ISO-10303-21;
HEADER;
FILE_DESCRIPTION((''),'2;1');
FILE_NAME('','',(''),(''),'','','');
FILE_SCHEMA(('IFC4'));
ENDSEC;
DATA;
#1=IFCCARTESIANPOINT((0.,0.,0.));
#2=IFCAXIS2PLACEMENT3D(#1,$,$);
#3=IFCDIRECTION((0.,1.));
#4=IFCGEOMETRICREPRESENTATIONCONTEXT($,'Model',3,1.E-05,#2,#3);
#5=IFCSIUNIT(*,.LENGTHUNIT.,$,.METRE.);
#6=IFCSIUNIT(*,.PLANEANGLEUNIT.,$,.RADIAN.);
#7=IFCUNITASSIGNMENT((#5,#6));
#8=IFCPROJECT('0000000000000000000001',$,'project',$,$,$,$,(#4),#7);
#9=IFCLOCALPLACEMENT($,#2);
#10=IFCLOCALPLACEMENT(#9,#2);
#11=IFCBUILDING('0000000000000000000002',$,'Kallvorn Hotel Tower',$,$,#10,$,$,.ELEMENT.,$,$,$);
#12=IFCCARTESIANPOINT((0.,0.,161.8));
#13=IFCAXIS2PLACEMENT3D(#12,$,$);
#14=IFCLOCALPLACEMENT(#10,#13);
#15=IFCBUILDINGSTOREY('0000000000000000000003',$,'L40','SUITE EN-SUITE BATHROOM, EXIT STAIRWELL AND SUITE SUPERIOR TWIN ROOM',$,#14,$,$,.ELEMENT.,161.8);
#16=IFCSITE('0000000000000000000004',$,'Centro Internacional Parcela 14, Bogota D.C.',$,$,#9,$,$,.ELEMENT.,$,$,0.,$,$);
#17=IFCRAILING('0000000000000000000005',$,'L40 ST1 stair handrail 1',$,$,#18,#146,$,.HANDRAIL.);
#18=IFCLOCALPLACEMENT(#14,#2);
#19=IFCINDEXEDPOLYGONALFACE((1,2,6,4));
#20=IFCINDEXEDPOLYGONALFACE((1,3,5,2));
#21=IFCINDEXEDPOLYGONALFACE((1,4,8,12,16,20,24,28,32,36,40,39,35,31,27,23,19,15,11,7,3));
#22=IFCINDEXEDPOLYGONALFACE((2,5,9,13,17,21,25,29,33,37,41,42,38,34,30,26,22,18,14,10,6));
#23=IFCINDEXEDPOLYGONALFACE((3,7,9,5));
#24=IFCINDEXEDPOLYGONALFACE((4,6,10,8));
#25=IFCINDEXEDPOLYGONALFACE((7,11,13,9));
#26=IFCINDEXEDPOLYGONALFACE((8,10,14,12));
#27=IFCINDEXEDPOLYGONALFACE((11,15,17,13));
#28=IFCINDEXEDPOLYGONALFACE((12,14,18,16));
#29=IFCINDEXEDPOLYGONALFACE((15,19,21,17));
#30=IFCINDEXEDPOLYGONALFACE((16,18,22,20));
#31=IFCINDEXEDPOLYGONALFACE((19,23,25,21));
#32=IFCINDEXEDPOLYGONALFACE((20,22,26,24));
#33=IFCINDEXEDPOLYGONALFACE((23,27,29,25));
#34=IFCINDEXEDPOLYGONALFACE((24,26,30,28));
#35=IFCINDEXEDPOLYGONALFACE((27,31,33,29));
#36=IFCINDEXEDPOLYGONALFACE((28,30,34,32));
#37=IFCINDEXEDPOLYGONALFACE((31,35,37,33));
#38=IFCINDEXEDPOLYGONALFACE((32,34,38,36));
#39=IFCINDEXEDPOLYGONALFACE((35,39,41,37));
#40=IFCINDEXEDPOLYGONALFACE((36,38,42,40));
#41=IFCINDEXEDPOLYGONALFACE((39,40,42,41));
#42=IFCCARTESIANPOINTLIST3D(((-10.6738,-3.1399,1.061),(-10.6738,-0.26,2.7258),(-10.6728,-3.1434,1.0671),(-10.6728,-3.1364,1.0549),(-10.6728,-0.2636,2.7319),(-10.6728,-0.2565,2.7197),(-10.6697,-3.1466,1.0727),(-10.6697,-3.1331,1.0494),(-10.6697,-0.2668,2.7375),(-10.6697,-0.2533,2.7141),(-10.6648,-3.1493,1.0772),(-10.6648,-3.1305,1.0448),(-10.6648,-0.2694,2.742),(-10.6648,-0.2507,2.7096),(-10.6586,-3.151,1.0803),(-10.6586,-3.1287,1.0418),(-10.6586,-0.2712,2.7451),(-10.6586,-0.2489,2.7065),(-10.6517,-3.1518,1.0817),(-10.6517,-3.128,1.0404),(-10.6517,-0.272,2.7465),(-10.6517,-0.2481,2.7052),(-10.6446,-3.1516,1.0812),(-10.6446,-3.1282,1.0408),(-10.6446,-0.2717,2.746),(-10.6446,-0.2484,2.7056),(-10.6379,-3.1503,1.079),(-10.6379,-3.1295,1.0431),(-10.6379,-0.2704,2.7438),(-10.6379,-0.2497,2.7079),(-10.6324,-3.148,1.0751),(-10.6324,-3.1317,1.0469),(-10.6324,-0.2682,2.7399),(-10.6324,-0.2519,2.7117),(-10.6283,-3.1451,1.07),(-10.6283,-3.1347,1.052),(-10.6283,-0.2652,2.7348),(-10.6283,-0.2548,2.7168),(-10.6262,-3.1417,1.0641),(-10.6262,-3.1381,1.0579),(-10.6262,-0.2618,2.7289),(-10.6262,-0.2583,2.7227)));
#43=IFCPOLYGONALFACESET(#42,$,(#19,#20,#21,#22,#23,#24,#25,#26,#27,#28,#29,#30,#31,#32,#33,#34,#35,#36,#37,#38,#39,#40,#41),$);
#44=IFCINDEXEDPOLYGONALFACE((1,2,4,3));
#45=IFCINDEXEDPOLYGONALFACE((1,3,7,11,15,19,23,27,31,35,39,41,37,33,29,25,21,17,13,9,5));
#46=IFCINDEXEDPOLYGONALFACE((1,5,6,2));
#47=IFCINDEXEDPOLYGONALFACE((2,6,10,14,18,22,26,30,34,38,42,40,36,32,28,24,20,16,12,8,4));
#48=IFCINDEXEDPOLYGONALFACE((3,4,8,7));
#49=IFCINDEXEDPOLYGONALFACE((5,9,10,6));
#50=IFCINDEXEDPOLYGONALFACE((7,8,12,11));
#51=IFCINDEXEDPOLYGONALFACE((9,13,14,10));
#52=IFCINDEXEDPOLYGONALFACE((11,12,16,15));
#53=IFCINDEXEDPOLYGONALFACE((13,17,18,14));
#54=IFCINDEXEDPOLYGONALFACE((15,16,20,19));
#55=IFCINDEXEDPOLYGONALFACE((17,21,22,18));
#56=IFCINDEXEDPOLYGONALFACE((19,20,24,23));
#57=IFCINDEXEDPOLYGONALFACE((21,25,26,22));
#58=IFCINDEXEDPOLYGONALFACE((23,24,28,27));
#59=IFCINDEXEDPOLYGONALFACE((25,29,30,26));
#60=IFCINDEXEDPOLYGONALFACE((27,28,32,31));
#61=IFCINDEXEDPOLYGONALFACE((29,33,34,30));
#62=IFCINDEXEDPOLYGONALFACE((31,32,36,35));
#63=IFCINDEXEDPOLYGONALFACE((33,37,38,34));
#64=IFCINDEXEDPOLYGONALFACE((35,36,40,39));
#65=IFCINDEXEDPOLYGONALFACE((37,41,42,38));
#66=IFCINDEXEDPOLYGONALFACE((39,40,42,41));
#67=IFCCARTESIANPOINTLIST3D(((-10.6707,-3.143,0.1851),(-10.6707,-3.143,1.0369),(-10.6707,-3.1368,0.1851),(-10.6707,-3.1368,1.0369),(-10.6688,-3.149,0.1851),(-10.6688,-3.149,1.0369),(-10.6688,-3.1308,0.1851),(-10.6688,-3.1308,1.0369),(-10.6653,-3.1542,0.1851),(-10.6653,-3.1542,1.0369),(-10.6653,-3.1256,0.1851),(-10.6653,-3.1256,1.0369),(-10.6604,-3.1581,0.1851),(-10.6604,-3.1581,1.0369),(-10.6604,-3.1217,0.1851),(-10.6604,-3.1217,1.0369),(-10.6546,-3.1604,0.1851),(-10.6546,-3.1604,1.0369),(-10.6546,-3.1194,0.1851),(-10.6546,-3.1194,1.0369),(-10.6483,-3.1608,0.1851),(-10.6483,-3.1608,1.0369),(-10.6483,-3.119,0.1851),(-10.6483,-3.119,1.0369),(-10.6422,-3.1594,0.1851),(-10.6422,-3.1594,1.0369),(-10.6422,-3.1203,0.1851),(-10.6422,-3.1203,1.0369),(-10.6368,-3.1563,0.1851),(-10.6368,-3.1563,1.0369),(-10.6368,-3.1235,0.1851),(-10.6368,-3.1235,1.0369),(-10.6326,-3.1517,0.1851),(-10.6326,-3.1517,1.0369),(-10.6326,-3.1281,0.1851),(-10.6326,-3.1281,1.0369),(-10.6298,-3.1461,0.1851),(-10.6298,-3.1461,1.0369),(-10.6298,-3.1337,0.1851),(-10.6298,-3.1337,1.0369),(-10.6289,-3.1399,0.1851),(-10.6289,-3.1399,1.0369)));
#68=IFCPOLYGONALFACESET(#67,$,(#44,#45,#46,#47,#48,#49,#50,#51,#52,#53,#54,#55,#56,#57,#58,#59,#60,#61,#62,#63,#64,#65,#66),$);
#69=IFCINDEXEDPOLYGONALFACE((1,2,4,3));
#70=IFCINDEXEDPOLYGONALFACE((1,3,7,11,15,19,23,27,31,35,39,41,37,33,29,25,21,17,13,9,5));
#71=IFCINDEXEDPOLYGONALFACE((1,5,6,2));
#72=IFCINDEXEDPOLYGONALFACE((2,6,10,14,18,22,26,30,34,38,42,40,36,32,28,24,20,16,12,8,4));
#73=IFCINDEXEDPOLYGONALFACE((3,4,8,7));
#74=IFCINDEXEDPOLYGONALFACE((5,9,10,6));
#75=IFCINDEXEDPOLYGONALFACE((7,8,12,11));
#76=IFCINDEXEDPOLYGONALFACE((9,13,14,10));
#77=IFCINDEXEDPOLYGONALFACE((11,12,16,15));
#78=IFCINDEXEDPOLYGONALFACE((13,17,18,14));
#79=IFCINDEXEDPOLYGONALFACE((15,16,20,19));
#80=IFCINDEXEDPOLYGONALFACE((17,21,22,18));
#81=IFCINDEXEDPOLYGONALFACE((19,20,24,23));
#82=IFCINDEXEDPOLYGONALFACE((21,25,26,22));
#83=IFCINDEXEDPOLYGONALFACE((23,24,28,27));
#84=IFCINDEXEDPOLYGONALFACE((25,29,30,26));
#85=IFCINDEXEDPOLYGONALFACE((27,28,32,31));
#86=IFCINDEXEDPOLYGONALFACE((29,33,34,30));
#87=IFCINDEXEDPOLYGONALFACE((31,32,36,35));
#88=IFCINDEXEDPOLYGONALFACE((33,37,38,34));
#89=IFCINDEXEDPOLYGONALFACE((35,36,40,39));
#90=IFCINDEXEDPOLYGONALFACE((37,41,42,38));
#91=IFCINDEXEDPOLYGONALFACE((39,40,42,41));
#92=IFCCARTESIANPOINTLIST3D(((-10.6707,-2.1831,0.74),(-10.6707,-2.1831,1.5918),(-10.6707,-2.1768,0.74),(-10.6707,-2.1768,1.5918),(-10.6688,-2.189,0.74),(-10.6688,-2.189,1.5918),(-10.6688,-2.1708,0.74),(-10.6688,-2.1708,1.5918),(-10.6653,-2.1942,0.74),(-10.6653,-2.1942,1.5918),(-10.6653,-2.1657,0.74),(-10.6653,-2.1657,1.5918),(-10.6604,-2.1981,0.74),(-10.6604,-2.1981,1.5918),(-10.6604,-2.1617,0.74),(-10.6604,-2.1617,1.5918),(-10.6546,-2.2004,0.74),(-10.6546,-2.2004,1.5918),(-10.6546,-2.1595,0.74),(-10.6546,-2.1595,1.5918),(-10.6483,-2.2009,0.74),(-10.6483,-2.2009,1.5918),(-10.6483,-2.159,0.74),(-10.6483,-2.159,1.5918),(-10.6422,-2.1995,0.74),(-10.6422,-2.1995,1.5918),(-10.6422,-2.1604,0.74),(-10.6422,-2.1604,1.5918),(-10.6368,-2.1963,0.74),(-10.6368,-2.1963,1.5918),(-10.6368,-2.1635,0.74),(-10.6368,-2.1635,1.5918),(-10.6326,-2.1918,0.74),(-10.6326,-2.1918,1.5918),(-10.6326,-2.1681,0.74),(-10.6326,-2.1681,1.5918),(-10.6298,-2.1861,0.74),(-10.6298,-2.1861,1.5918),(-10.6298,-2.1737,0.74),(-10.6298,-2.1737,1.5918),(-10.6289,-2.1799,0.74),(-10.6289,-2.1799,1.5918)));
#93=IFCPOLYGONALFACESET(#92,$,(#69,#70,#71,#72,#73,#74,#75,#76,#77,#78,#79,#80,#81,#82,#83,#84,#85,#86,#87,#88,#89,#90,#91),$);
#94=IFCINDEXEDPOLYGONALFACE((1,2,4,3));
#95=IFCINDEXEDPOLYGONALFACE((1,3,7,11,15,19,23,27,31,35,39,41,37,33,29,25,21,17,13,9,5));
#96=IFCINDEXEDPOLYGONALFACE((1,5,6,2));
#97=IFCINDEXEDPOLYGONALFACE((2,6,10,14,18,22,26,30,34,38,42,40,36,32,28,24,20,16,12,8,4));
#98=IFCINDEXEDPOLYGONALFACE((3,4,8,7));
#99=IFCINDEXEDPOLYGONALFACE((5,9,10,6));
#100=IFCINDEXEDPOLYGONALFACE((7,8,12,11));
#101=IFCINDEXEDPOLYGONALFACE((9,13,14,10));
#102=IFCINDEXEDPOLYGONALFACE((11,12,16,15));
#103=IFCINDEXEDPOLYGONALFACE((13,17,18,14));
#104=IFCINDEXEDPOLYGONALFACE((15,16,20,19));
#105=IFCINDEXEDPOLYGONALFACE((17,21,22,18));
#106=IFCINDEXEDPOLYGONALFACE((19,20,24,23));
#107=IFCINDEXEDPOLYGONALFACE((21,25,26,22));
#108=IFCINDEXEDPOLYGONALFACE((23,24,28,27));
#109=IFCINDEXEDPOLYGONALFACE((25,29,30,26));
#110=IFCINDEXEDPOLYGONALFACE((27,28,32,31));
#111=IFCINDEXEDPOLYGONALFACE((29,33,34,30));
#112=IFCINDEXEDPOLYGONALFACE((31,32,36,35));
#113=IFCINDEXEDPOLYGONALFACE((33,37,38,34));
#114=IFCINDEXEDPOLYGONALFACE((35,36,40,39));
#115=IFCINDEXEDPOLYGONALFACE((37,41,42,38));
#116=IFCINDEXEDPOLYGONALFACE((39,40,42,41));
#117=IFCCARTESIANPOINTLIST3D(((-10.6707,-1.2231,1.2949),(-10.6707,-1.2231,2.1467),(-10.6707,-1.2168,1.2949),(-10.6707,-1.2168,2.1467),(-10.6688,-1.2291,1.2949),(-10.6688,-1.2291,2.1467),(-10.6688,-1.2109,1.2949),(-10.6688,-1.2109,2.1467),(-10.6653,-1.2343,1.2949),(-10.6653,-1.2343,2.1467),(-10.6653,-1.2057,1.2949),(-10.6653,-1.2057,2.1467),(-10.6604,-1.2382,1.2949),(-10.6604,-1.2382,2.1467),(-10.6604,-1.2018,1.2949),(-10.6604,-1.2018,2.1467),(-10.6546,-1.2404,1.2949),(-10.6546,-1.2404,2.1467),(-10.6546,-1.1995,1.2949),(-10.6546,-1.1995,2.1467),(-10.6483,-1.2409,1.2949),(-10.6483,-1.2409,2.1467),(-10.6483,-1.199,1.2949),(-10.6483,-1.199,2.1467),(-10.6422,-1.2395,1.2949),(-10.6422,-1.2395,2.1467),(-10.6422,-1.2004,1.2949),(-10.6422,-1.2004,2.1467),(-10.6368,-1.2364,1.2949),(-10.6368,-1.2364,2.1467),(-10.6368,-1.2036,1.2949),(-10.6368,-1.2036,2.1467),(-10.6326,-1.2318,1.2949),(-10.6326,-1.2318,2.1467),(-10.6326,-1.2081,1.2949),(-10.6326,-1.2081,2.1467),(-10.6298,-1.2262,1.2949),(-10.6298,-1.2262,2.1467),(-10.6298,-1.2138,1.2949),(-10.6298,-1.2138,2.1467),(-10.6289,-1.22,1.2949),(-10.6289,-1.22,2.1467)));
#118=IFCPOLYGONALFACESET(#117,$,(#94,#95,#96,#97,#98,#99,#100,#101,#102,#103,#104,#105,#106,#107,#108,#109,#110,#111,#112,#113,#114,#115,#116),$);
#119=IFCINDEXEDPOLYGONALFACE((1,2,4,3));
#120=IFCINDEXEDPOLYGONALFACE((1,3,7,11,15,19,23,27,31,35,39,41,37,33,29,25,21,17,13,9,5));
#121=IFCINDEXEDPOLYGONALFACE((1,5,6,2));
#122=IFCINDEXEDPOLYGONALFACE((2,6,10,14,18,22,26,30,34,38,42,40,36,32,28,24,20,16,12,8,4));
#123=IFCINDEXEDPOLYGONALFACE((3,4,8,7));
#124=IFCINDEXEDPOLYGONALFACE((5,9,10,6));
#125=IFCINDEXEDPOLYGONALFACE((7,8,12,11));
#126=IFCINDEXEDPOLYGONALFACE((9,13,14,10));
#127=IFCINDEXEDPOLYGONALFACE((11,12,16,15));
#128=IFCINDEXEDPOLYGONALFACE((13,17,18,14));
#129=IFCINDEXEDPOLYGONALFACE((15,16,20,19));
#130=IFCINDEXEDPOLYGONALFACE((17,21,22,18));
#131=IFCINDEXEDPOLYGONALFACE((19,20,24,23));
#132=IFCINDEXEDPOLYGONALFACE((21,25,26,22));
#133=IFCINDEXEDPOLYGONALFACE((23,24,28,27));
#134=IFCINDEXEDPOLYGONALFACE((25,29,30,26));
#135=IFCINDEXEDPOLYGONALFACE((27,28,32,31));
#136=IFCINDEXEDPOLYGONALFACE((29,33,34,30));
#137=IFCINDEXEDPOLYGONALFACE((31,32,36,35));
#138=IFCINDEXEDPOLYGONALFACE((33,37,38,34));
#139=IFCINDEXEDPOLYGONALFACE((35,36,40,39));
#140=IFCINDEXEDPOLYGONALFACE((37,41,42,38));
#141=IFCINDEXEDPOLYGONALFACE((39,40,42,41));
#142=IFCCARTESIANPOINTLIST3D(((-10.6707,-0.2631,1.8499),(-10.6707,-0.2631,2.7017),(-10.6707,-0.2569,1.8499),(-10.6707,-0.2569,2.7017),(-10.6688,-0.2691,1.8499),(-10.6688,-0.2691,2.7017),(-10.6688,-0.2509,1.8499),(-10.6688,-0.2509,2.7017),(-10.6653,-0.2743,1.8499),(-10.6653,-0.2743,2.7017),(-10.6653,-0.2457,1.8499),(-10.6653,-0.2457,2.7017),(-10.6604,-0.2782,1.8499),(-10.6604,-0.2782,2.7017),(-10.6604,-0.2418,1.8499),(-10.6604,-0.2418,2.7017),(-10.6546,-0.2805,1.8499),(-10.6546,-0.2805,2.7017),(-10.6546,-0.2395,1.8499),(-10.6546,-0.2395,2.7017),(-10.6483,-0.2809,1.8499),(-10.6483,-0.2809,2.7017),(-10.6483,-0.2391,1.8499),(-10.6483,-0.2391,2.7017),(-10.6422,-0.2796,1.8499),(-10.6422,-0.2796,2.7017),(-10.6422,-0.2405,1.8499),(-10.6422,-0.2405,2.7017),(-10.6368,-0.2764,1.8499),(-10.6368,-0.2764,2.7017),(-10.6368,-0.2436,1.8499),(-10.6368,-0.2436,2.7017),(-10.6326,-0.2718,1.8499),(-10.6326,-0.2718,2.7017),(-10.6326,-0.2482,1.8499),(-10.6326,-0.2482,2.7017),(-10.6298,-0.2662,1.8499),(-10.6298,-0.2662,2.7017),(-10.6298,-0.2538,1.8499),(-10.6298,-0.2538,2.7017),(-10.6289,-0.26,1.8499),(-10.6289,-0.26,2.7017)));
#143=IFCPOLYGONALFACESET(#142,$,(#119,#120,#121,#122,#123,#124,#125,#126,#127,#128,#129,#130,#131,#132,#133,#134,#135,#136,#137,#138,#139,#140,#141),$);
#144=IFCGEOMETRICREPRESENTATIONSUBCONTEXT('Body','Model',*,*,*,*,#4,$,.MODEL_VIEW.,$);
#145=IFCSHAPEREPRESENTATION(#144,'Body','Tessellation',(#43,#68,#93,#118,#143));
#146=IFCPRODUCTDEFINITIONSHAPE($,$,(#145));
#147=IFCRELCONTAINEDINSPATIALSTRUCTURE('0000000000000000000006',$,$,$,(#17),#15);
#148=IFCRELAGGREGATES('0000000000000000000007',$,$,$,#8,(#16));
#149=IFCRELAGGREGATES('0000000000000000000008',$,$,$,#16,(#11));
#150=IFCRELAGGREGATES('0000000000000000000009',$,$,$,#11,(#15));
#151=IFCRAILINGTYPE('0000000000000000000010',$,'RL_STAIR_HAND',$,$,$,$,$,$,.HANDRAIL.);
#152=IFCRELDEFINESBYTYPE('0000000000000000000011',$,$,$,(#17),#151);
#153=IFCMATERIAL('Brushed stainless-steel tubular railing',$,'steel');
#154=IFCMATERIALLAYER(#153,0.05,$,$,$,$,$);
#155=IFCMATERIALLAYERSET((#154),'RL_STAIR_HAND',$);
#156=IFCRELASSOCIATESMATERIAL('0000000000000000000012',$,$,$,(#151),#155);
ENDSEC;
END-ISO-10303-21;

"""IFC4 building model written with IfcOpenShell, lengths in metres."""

from ifc_helpers import new_model, si_unit, direction, frame, origin, origin_2d, place, context, subcontext, project, spatial, circle, extrude, material, layer, layer_set, type_object, element, save


model = new_model("IFC4")

# Units and contexts
model_context = context("Model", 3, precision=1e-05, world=origin(), true_north=direction((0.0, 1.0)))
body_context = subcontext(model_context, "Body", "Model", "MODEL_VIEW")
ifc_project = project(units=[si_unit("LENGTHUNIT", "METRE"), si_unit("PLANEANGLEUNIT", "RADIAN")], contexts=[model_context])

# Site, building, storey
site_placement = place(None, origin())
site = spatial("IfcSite", under=ifc_project, at=site_placement, Name="Centro Internacional Parcela 14, Bogota D.C.", CompositionType="ELEMENT", RefElevation=0.0)
building_placement = place(site_placement, origin())
building = spatial("IfcBuilding", under=site, at=building_placement, Name="Kallvorn Hotel Tower", CompositionType="ELEMENT")
storey_placement = place(building_placement, frame((0.0, 0.0, 161.8)))
storey = spatial("IfcBuildingStorey", under=building, at=storey_placement, Name="L40", Description="SUITE EN-SUITE BATHROOM, EXIT STAIRWELL AND SUITE SUPERIOR TWIN ROOM", CompositionType="ELEMENT", Elevation=161.8)

# Railing
ifc_material_1 = material(Name="Brushed stainless-steel tubular railing", Category="steel")
ifc_layer_1 = layer(ifc_material_1, 0.05)
ifc_layer_set_1 = layer_set([ifc_layer_1], Name="RL_STAIR_HAND")
railing_type_1 = type_object("IfcRailingType", Name="RL_STAIR_HAND", PredefinedType="HANDRAIL", material=ifc_layer_set_1)
railing_1_placement = place(storey_placement, frame((-10.6499, -3.1399, 0.1851)))
element("IfcRailing", 1, at=railing_1_placement, inside=storey, type_object=railing_type_1, Name="L40 ST1 stair handrail 1", PredefinedType="HANDRAIL", context=body_context, shape_type="SweptSolid", body=[
    extrude(circle(Radius=0.0239, at=origin_2d()), frame((0.0, 0.0, 0.876), z_axis=(0.0, 0.865753, 0.500472), x_axis=(-1.0, 0.0, 0.0)), (0.0, 0.0, 1.0), 3.3264),
    extrude(circle(Radius=0.021, at=origin_2d()), origin(), (0.0, 0.0, 1.0), 0.8518),
    extrude(circle(Radius=0.021, at=origin_2d()), frame((0.0, 0.96, 0.5549)), (0.0, 0.0, 1.0), 0.8518),
    extrude(circle(Radius=0.021, at=origin_2d()), frame((0.0, 1.9199, 1.1099)), (0.0, 0.0, 1.0), 0.8518),
    extrude(circle(Radius=0.021, at=origin_2d()), frame((0.0, 2.8799, 1.6648)), (0.0, 0.0, 1.0), 0.8518),
])

save(model, "model.ifc")
